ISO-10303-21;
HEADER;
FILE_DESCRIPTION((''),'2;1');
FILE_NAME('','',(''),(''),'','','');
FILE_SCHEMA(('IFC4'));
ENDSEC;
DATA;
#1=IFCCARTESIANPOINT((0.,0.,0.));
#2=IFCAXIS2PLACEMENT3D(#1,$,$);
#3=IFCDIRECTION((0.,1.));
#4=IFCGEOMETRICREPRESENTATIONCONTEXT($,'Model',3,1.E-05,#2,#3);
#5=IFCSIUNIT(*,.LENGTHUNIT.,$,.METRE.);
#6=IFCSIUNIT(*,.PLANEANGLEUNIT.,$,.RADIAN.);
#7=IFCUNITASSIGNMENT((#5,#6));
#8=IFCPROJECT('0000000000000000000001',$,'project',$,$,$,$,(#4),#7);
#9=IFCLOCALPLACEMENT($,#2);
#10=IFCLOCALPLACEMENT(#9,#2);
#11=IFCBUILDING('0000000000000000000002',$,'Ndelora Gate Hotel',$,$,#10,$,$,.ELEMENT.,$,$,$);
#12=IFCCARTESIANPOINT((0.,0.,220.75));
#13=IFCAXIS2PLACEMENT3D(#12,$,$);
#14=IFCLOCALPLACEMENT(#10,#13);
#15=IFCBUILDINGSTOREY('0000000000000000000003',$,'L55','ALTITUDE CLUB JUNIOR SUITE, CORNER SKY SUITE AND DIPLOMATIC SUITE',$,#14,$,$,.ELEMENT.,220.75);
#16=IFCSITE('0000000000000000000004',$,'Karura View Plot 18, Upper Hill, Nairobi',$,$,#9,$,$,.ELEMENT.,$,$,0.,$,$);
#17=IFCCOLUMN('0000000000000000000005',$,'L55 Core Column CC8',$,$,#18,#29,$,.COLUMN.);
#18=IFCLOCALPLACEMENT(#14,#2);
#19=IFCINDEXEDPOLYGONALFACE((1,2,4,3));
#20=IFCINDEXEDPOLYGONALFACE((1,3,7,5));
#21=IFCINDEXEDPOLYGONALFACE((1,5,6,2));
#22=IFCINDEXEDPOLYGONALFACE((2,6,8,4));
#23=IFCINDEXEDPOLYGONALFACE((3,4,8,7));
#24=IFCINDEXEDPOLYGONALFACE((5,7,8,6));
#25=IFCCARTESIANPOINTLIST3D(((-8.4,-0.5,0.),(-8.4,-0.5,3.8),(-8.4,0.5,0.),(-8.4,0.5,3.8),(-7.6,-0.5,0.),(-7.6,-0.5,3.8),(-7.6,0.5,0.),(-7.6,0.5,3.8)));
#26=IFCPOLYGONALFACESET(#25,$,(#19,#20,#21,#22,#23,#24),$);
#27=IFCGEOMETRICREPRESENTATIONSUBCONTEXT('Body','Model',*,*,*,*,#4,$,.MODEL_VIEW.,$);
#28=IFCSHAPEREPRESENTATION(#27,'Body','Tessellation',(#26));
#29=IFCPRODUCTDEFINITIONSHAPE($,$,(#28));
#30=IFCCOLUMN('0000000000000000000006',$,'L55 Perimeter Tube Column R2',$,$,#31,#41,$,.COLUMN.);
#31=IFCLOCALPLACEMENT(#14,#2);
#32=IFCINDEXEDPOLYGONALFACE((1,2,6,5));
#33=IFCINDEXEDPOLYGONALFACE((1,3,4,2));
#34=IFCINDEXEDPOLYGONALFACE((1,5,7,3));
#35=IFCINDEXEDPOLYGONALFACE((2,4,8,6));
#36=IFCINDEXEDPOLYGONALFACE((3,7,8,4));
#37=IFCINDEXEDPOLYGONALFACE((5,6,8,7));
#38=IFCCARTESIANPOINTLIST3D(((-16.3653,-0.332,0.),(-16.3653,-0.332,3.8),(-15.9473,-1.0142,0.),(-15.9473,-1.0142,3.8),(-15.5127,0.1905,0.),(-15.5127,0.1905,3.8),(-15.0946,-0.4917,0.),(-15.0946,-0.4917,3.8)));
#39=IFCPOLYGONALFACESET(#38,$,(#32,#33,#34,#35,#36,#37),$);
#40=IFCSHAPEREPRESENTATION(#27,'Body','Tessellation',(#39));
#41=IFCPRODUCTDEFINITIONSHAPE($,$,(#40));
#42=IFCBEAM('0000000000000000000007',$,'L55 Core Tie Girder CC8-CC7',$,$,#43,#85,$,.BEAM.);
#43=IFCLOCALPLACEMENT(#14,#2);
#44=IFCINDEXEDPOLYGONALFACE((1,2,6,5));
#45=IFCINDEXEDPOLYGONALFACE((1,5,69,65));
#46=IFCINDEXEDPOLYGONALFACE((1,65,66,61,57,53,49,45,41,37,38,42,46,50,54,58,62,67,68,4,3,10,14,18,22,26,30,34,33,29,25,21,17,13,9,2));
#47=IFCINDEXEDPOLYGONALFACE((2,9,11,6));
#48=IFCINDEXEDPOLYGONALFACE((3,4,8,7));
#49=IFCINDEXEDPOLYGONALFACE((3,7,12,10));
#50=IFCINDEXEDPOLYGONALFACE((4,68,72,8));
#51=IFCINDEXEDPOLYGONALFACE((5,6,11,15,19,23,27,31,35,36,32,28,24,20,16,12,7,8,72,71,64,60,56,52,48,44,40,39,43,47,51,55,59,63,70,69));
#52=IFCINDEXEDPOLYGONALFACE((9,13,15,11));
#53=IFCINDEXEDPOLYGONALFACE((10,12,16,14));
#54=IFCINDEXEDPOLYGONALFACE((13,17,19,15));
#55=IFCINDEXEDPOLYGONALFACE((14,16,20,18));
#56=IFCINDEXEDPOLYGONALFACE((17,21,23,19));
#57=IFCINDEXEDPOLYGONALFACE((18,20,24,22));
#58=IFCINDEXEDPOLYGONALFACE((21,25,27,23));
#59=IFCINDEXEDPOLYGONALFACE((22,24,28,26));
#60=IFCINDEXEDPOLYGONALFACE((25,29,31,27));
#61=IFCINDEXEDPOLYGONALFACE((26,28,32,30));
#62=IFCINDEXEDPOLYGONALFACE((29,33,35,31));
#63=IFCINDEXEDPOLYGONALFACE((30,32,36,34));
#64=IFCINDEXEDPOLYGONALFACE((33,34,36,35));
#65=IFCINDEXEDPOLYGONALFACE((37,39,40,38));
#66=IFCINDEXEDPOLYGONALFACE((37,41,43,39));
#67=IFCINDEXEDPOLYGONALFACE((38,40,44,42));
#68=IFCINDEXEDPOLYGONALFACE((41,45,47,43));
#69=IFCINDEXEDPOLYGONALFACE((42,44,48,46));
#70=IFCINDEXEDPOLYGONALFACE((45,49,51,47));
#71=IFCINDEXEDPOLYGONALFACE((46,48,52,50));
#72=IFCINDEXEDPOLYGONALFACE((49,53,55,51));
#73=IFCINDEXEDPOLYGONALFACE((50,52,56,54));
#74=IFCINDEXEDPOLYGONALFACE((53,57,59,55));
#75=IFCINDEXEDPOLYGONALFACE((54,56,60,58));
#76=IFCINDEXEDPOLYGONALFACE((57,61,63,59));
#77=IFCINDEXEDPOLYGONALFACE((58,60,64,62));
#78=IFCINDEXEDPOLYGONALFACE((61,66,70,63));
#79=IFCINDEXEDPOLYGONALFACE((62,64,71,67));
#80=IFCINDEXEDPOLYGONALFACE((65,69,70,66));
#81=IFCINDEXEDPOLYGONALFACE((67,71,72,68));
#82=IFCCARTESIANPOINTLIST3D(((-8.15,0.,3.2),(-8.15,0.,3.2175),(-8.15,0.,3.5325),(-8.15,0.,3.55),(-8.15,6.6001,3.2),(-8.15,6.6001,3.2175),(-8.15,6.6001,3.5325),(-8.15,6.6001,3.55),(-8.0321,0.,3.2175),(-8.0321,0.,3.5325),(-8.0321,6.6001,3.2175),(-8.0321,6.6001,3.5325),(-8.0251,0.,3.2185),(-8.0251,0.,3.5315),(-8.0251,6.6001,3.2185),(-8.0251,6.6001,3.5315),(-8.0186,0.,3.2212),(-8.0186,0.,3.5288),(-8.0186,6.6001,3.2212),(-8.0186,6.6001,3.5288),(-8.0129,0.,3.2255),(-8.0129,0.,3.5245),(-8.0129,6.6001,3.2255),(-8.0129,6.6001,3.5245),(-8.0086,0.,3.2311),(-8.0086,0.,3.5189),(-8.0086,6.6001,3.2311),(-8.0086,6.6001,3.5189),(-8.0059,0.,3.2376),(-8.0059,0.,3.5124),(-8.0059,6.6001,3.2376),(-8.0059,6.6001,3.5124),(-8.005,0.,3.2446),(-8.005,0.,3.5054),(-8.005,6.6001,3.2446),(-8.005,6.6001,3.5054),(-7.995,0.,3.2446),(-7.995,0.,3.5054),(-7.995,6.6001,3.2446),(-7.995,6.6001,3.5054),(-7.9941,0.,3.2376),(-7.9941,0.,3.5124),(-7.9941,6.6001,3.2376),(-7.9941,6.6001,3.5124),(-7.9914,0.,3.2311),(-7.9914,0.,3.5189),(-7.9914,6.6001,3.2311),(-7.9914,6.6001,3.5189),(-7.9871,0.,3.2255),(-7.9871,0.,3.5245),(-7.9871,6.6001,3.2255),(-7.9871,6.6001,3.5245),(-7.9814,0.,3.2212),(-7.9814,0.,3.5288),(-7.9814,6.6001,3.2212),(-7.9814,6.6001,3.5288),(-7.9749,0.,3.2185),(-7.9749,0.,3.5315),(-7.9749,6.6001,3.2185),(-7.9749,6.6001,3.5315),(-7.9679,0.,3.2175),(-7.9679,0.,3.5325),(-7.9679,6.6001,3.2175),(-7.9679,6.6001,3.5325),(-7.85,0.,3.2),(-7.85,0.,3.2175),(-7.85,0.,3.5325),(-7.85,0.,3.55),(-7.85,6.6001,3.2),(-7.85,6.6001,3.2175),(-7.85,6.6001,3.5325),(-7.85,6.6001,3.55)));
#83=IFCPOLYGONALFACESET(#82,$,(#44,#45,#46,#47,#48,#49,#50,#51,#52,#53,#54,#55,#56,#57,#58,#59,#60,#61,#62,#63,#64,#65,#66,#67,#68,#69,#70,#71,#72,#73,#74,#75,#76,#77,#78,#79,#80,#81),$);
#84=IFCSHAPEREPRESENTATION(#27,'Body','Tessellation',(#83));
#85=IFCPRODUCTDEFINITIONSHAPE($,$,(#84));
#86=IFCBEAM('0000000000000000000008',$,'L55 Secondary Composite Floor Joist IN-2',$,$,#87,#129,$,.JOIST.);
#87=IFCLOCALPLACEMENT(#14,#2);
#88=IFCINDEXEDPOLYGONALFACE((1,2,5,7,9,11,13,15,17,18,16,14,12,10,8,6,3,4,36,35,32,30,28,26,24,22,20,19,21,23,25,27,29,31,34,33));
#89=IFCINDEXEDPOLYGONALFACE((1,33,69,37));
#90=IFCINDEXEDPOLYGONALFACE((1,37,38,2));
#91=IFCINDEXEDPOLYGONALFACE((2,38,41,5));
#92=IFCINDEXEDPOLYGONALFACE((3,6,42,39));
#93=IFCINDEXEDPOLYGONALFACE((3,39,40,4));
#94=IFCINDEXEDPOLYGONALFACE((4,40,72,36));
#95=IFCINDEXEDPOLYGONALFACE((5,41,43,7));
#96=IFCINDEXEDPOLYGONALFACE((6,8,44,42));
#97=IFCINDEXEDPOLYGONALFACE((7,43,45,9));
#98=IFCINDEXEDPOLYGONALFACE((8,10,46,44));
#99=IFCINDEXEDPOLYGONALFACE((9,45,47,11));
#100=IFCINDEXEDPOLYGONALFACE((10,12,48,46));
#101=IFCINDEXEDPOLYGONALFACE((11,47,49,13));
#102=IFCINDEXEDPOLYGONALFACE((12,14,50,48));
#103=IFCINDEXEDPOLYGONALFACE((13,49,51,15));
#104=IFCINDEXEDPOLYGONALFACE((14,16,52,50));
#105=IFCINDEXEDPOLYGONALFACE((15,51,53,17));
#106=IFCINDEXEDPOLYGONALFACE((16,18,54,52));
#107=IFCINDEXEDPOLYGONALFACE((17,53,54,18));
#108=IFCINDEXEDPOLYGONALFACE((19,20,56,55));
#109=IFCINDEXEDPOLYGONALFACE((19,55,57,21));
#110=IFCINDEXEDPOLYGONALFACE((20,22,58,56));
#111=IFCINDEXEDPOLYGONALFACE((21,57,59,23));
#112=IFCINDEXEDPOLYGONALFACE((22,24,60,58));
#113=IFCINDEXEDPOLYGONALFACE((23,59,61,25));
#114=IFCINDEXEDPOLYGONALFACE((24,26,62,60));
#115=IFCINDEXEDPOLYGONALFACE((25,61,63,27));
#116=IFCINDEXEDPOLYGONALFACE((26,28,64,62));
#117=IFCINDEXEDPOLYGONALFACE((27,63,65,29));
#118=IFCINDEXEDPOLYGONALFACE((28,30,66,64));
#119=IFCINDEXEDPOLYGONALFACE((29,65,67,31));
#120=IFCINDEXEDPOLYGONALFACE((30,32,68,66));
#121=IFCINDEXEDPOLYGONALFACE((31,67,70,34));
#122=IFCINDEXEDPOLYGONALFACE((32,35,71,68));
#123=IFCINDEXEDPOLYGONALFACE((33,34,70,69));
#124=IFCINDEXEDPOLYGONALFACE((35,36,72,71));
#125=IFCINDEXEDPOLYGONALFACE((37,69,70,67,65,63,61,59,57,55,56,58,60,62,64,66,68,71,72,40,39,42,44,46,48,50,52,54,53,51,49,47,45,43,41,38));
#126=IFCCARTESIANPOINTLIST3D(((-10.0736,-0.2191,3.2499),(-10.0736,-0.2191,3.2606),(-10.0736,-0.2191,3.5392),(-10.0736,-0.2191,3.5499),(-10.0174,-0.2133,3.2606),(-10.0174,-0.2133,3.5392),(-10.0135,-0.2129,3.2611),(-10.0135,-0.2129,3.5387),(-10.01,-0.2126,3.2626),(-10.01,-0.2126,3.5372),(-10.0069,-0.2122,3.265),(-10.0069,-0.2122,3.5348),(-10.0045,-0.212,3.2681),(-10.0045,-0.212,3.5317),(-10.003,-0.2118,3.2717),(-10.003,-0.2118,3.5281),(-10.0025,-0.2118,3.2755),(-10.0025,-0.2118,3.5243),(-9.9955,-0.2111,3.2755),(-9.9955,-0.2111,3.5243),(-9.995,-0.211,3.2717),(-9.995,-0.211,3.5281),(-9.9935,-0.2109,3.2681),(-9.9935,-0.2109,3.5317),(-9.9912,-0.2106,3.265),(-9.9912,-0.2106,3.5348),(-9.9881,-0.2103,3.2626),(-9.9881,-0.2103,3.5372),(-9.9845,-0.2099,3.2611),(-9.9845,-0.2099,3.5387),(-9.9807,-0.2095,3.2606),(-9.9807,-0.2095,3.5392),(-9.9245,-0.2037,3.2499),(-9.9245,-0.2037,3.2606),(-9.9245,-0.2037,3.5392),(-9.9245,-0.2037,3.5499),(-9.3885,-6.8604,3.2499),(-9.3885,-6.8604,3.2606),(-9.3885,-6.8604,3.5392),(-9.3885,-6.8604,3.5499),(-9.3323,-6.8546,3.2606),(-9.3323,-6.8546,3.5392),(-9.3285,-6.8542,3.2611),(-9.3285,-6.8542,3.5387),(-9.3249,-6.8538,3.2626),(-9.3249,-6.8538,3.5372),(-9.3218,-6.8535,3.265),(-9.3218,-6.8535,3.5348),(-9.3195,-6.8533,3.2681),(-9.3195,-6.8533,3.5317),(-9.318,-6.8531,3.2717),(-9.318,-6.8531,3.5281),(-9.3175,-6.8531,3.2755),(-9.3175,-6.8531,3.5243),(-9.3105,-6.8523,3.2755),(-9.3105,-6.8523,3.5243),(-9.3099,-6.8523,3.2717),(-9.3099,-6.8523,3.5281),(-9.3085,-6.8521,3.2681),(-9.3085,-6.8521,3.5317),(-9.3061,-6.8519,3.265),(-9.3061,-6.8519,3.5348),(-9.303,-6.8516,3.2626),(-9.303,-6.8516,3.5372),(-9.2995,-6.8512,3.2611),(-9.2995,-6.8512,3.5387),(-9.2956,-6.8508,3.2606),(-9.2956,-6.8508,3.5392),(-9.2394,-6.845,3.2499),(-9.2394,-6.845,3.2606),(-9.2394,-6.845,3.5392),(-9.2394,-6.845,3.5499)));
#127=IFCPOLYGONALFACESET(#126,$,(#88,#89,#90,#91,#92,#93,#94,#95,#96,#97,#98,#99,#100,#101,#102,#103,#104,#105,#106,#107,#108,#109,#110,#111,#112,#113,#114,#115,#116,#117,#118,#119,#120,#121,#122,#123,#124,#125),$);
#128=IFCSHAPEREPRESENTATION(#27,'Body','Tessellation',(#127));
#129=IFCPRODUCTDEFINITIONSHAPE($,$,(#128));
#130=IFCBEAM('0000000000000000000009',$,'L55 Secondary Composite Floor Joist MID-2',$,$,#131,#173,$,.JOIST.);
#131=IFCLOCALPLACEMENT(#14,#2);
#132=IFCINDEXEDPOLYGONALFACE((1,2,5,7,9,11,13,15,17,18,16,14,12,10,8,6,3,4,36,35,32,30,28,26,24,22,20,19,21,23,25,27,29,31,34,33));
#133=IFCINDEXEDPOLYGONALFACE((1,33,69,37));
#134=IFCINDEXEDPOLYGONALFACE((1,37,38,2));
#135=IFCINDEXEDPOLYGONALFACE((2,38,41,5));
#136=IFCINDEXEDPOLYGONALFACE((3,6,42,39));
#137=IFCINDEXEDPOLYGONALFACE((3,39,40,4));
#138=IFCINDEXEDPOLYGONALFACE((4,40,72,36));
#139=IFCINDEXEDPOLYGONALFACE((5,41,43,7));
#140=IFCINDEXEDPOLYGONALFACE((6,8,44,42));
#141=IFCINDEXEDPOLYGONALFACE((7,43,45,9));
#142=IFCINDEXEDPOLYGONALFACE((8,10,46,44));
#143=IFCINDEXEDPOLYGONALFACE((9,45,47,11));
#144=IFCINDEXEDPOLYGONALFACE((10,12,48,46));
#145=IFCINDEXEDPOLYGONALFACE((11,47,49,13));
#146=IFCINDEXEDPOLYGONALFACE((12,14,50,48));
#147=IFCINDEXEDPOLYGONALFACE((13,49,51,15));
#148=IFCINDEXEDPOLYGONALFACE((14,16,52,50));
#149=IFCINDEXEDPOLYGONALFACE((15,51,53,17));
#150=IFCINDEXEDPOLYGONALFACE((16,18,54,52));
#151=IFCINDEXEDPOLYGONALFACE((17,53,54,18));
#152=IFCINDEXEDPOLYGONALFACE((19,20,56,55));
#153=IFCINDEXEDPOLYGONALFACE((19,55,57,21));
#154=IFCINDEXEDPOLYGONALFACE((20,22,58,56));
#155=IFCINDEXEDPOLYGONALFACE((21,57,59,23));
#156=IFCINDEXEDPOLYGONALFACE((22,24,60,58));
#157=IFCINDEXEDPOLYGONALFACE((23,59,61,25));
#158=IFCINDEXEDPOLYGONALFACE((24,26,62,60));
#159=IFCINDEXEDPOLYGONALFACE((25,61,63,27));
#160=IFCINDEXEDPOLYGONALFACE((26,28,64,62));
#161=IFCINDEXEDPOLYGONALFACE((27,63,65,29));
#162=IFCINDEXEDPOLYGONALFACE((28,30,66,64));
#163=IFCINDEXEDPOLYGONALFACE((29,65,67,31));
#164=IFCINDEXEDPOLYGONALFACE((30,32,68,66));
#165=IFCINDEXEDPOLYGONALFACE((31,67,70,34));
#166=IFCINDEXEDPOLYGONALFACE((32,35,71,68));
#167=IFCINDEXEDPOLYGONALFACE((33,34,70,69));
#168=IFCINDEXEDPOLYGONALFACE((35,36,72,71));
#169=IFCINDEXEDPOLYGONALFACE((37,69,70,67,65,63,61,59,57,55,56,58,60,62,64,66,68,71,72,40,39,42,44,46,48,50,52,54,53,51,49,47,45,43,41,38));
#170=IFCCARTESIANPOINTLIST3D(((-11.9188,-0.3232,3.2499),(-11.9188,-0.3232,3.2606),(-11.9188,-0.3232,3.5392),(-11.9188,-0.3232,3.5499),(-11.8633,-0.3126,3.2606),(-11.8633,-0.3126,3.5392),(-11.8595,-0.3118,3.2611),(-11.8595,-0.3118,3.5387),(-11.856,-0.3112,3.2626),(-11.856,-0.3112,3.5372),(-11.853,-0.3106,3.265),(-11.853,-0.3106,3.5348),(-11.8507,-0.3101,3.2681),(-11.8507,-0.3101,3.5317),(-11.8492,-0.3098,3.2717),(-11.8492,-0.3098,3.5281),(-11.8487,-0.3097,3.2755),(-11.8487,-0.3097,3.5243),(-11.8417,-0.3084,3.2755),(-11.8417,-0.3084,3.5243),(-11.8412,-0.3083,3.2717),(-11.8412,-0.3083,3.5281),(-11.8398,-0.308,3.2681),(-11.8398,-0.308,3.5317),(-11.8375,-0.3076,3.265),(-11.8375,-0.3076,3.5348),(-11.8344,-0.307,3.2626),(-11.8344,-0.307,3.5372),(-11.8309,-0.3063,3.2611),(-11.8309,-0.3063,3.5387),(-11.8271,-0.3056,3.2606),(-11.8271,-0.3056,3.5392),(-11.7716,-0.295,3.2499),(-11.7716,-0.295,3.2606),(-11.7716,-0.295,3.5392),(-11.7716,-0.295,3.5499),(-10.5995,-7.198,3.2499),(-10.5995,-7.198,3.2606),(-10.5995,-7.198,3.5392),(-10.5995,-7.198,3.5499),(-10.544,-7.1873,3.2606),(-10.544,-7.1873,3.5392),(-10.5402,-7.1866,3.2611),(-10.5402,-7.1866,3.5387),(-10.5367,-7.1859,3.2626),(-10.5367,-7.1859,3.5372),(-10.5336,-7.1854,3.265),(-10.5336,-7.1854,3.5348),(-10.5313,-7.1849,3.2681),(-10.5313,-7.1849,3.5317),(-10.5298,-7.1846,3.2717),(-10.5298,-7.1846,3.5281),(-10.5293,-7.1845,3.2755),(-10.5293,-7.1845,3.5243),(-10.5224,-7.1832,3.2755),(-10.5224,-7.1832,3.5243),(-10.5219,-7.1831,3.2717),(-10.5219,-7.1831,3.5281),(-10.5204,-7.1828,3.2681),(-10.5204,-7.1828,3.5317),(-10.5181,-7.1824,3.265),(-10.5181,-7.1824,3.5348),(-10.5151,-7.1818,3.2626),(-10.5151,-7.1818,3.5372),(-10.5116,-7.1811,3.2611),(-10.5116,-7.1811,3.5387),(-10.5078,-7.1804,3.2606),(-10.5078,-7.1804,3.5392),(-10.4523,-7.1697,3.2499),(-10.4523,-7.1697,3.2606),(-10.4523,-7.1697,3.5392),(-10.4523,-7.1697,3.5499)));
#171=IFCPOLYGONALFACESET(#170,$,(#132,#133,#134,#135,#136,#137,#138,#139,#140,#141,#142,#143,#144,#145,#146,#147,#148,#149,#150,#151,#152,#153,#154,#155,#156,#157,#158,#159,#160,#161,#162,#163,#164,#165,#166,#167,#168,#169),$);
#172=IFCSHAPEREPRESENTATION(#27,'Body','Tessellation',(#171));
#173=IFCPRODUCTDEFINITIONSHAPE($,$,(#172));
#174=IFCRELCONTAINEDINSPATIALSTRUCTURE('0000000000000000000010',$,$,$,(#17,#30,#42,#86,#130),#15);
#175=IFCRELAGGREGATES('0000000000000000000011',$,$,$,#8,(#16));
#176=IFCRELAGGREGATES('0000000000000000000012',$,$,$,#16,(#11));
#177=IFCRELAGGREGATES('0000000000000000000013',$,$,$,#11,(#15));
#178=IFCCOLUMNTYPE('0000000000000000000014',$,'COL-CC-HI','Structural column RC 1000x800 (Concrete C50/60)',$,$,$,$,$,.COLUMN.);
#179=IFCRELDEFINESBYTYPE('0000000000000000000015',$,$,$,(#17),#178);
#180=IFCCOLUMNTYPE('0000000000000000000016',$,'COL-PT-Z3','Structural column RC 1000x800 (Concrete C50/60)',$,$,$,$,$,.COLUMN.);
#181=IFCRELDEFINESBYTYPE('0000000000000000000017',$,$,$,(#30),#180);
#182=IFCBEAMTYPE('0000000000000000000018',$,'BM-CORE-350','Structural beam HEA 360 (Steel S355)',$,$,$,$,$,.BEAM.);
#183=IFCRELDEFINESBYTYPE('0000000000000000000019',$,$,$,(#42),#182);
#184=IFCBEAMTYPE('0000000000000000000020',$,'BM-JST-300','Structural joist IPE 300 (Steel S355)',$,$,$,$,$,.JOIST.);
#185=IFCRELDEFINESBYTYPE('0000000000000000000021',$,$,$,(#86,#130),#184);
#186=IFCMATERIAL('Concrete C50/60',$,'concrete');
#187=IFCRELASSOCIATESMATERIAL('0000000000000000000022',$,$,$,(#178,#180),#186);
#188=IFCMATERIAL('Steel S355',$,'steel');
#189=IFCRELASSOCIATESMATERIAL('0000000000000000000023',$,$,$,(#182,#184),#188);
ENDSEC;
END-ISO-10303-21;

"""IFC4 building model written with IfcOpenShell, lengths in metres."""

from ifc_helpers import new_model, si_unit, direction, frame, origin, origin_2d, place, context, subcontext, project, spatial, rectangle, i_section, extrude, material, material_profile, profile_set, type_object, element, save


model = new_model("IFC4")

# Units and contexts
model_context = context("Model", 3, precision=1e-05, world=origin(), true_north=direction((0.0, 1.0)))
body_context = subcontext(model_context, "Body", "Model", "MODEL_VIEW")
ifc_project = project(units=[si_unit("LENGTHUNIT", "METRE"), si_unit("PLANEANGLEUNIT", "RADIAN")], contexts=[model_context])

# Site, building, storey
site_placement = place(None, origin())
site = spatial("IfcSite", under=ifc_project, at=site_placement, Name="Karura View Plot 18, Upper Hill, Nairobi", CompositionType="ELEMENT", RefElevation=0.0)
building_placement = place(site_placement, origin())
building = spatial("IfcBuilding", under=site, at=building_placement, Name="Ndelora Gate Hotel", CompositionType="ELEMENT")
storey_placement = place(building_placement, frame((0.0, 0.0, 220.75)))
storey = spatial("IfcBuildingStorey", under=building, at=storey_placement, Name="L55", Description="ALTITUDE CLUB JUNIOR SUITE, CORNER SKY SUITE AND DIPLOMATIC SUITE", CompositionType="ELEMENT", Elevation=220.75)

# Columns
ifc_material_1 = material(Name="Concrete C50/60", Category="concrete")
ifc_material_profile_1 = material_profile(ifc_material_1, rectangle(XDim=0.8, YDim=1.0, at=origin_2d()), Name="RC 1000x800")
ifc_profile_set_1 = profile_set([ifc_material_profile_1], Name="Concrete C50/60")
column_type_1 = type_object("IfcColumnType", Name="COL-CC-HI", Description="Structural column RC 1000x800 (Concrete C50/60)", PredefinedType="COLUMN", material=ifc_profile_set_1)
column_1_placement = place(storey_placement, frame((-8.0, 0.0, 0.0), z_axis=(0.0, 0.0, 1.0), x_axis=(1.0, 0.0, 0.0)))
element("IfcColumn", 1, at=column_1_placement, inside=storey, type_object=column_type_1, Name="L55 Core Column CC8", PredefinedType="COLUMN", context=body_context, shape_type="SweptSolid", body=[
    extrude(rectangle(XDim=0.8, YDim=1.0, at=origin_2d()), origin(), (0.0, 0.0, 1.0), 3.8),
])
ifc_material_profile_2 = material_profile(ifc_material_1, rectangle(XDim=0.8, YDim=1.0, at=origin_2d()), Name="RC 1000x800")
ifc_profile_set_2 = profile_set([ifc_material_profile_2], Name="Concrete C50/60")
column_type_2 = type_object("IfcColumnType", Name="COL-PT-Z3", Description="Structural column RC 1000x800 (Concrete C50/60)", PredefinedType="COLUMN", material=ifc_profile_set_2)
column_2_placement = place(storey_placement, frame((-15.73, -0.4119, 0.0), z_axis=(0.0, 0.0, 1.0), x_axis=(-0.522499, 0.85264, 0.0)))
element("IfcColumn", 2, at=column_2_placement, inside=storey, type_object=column_type_2, Name="L55 Perimeter Tube Column R2", PredefinedType="COLUMN", context=body_context, shape_type="SweptSolid", body=[
    extrude(rectangle(XDim=0.8, YDim=1.0, at=origin_2d()), origin(), (0.0, 0.0, 1.0), 3.8),
])

# Beams
ifc_material_2 = material(Name="Steel S355", Category="steel")
ifc_material_profile_3 = material_profile(ifc_material_2, i_section(OverallWidth=0.3, OverallDepth=0.3501, WebThickness=0.01, FlangeThickness=0.0176, FilletRadius=0.0271, at=origin_2d()), Name="HEA 360")
ifc_profile_set_3 = profile_set([ifc_material_profile_3], Name="Steel S355")
beam_type_1 = type_object("IfcBeamType", Name="BM-CORE-350", Description="Structural beam HEA 360 (Steel S355)", PredefinedType="BEAM", material=ifc_profile_set_3)
beam_1_placement = place(storey_placement, frame((-8.0, 0.0, 3.375), z_axis=(0.0, 1.0, 0.0), x_axis=(-1.0, 0.0, 0.0)))
element("IfcBeam", 3, at=beam_1_placement, inside=storey, type_object=beam_type_1, Name="L55 Core Tie Girder CC8-CC7", PredefinedType="BEAM", context=body_context, shape_type="SweptSolid", body=[
    extrude(i_section(OverallWidth=0.3, OverallDepth=0.3501, WebThickness=0.01, FlangeThickness=0.0176, FilletRadius=0.0271, at=origin_2d()), origin(), (0.0, 0.0, 1.0), 6.6001),
])
ifc_material_profile_4 = material_profile(ifc_material_2, i_section(OverallWidth=0.1499, OverallDepth=0.3, WebThickness=0.0071, FlangeThickness=0.0107, FilletRadius=0.0149, at=origin_2d()), Name="IPE 300")
ifc_profile_set_4 = profile_set([ifc_material_profile_4], Name="Steel S355")
beam_type_2 = type_object("IfcBeamType", Name="BM-JST-300", Description="Structural joist IPE 300 (Steel S355)", PredefinedType="JOIST", material=ifc_profile_set_4)
beam_2_placement = place(storey_placement, frame((-9.999, -0.2114, 3.3999), z_axis=(0.102606, -0.994722, 0.0), x_axis=(0.994722, 0.102606, 0.0)))
element("IfcBeam", 4, at=beam_2_placement, inside=storey, type_object=beam_type_2, Name="L55 Secondary Composite Floor Joist IN-2", PredefinedType="JOIST", context=body_context, shape_type="SweptSolid", body=[
    extrude(i_section(OverallWidth=0.1499, OverallDepth=0.3, WebThickness=0.0071, FlangeThickness=0.0107, FilletRadius=0.0149, at=origin_2d()), origin(), (0.0, 0.0, 1.0), 6.6765),
])
beam_3_placement = place(storey_placement, frame((-11.8452, -0.3091, 3.3999), z_axis=(0.188471, -0.982079, 0.0), x_axis=(0.982079, 0.188471, 0.0)))
element("IfcBeam", 5, at=beam_3_placement, inside=storey, type_object=beam_type_2, Name="L55 Secondary Composite Floor Joist MID-2", PredefinedType="JOIST", context=body_context, shape_type="SweptSolid", body=[
    extrude(i_section(OverallWidth=0.1499, OverallDepth=0.3, WebThickness=0.0071, FlangeThickness=0.0107, FilletRadius=0.0149, at=origin_2d()), origin(), (0.0, 0.0, 1.0), 7.0002),
])

save(model, "model.ifc")
